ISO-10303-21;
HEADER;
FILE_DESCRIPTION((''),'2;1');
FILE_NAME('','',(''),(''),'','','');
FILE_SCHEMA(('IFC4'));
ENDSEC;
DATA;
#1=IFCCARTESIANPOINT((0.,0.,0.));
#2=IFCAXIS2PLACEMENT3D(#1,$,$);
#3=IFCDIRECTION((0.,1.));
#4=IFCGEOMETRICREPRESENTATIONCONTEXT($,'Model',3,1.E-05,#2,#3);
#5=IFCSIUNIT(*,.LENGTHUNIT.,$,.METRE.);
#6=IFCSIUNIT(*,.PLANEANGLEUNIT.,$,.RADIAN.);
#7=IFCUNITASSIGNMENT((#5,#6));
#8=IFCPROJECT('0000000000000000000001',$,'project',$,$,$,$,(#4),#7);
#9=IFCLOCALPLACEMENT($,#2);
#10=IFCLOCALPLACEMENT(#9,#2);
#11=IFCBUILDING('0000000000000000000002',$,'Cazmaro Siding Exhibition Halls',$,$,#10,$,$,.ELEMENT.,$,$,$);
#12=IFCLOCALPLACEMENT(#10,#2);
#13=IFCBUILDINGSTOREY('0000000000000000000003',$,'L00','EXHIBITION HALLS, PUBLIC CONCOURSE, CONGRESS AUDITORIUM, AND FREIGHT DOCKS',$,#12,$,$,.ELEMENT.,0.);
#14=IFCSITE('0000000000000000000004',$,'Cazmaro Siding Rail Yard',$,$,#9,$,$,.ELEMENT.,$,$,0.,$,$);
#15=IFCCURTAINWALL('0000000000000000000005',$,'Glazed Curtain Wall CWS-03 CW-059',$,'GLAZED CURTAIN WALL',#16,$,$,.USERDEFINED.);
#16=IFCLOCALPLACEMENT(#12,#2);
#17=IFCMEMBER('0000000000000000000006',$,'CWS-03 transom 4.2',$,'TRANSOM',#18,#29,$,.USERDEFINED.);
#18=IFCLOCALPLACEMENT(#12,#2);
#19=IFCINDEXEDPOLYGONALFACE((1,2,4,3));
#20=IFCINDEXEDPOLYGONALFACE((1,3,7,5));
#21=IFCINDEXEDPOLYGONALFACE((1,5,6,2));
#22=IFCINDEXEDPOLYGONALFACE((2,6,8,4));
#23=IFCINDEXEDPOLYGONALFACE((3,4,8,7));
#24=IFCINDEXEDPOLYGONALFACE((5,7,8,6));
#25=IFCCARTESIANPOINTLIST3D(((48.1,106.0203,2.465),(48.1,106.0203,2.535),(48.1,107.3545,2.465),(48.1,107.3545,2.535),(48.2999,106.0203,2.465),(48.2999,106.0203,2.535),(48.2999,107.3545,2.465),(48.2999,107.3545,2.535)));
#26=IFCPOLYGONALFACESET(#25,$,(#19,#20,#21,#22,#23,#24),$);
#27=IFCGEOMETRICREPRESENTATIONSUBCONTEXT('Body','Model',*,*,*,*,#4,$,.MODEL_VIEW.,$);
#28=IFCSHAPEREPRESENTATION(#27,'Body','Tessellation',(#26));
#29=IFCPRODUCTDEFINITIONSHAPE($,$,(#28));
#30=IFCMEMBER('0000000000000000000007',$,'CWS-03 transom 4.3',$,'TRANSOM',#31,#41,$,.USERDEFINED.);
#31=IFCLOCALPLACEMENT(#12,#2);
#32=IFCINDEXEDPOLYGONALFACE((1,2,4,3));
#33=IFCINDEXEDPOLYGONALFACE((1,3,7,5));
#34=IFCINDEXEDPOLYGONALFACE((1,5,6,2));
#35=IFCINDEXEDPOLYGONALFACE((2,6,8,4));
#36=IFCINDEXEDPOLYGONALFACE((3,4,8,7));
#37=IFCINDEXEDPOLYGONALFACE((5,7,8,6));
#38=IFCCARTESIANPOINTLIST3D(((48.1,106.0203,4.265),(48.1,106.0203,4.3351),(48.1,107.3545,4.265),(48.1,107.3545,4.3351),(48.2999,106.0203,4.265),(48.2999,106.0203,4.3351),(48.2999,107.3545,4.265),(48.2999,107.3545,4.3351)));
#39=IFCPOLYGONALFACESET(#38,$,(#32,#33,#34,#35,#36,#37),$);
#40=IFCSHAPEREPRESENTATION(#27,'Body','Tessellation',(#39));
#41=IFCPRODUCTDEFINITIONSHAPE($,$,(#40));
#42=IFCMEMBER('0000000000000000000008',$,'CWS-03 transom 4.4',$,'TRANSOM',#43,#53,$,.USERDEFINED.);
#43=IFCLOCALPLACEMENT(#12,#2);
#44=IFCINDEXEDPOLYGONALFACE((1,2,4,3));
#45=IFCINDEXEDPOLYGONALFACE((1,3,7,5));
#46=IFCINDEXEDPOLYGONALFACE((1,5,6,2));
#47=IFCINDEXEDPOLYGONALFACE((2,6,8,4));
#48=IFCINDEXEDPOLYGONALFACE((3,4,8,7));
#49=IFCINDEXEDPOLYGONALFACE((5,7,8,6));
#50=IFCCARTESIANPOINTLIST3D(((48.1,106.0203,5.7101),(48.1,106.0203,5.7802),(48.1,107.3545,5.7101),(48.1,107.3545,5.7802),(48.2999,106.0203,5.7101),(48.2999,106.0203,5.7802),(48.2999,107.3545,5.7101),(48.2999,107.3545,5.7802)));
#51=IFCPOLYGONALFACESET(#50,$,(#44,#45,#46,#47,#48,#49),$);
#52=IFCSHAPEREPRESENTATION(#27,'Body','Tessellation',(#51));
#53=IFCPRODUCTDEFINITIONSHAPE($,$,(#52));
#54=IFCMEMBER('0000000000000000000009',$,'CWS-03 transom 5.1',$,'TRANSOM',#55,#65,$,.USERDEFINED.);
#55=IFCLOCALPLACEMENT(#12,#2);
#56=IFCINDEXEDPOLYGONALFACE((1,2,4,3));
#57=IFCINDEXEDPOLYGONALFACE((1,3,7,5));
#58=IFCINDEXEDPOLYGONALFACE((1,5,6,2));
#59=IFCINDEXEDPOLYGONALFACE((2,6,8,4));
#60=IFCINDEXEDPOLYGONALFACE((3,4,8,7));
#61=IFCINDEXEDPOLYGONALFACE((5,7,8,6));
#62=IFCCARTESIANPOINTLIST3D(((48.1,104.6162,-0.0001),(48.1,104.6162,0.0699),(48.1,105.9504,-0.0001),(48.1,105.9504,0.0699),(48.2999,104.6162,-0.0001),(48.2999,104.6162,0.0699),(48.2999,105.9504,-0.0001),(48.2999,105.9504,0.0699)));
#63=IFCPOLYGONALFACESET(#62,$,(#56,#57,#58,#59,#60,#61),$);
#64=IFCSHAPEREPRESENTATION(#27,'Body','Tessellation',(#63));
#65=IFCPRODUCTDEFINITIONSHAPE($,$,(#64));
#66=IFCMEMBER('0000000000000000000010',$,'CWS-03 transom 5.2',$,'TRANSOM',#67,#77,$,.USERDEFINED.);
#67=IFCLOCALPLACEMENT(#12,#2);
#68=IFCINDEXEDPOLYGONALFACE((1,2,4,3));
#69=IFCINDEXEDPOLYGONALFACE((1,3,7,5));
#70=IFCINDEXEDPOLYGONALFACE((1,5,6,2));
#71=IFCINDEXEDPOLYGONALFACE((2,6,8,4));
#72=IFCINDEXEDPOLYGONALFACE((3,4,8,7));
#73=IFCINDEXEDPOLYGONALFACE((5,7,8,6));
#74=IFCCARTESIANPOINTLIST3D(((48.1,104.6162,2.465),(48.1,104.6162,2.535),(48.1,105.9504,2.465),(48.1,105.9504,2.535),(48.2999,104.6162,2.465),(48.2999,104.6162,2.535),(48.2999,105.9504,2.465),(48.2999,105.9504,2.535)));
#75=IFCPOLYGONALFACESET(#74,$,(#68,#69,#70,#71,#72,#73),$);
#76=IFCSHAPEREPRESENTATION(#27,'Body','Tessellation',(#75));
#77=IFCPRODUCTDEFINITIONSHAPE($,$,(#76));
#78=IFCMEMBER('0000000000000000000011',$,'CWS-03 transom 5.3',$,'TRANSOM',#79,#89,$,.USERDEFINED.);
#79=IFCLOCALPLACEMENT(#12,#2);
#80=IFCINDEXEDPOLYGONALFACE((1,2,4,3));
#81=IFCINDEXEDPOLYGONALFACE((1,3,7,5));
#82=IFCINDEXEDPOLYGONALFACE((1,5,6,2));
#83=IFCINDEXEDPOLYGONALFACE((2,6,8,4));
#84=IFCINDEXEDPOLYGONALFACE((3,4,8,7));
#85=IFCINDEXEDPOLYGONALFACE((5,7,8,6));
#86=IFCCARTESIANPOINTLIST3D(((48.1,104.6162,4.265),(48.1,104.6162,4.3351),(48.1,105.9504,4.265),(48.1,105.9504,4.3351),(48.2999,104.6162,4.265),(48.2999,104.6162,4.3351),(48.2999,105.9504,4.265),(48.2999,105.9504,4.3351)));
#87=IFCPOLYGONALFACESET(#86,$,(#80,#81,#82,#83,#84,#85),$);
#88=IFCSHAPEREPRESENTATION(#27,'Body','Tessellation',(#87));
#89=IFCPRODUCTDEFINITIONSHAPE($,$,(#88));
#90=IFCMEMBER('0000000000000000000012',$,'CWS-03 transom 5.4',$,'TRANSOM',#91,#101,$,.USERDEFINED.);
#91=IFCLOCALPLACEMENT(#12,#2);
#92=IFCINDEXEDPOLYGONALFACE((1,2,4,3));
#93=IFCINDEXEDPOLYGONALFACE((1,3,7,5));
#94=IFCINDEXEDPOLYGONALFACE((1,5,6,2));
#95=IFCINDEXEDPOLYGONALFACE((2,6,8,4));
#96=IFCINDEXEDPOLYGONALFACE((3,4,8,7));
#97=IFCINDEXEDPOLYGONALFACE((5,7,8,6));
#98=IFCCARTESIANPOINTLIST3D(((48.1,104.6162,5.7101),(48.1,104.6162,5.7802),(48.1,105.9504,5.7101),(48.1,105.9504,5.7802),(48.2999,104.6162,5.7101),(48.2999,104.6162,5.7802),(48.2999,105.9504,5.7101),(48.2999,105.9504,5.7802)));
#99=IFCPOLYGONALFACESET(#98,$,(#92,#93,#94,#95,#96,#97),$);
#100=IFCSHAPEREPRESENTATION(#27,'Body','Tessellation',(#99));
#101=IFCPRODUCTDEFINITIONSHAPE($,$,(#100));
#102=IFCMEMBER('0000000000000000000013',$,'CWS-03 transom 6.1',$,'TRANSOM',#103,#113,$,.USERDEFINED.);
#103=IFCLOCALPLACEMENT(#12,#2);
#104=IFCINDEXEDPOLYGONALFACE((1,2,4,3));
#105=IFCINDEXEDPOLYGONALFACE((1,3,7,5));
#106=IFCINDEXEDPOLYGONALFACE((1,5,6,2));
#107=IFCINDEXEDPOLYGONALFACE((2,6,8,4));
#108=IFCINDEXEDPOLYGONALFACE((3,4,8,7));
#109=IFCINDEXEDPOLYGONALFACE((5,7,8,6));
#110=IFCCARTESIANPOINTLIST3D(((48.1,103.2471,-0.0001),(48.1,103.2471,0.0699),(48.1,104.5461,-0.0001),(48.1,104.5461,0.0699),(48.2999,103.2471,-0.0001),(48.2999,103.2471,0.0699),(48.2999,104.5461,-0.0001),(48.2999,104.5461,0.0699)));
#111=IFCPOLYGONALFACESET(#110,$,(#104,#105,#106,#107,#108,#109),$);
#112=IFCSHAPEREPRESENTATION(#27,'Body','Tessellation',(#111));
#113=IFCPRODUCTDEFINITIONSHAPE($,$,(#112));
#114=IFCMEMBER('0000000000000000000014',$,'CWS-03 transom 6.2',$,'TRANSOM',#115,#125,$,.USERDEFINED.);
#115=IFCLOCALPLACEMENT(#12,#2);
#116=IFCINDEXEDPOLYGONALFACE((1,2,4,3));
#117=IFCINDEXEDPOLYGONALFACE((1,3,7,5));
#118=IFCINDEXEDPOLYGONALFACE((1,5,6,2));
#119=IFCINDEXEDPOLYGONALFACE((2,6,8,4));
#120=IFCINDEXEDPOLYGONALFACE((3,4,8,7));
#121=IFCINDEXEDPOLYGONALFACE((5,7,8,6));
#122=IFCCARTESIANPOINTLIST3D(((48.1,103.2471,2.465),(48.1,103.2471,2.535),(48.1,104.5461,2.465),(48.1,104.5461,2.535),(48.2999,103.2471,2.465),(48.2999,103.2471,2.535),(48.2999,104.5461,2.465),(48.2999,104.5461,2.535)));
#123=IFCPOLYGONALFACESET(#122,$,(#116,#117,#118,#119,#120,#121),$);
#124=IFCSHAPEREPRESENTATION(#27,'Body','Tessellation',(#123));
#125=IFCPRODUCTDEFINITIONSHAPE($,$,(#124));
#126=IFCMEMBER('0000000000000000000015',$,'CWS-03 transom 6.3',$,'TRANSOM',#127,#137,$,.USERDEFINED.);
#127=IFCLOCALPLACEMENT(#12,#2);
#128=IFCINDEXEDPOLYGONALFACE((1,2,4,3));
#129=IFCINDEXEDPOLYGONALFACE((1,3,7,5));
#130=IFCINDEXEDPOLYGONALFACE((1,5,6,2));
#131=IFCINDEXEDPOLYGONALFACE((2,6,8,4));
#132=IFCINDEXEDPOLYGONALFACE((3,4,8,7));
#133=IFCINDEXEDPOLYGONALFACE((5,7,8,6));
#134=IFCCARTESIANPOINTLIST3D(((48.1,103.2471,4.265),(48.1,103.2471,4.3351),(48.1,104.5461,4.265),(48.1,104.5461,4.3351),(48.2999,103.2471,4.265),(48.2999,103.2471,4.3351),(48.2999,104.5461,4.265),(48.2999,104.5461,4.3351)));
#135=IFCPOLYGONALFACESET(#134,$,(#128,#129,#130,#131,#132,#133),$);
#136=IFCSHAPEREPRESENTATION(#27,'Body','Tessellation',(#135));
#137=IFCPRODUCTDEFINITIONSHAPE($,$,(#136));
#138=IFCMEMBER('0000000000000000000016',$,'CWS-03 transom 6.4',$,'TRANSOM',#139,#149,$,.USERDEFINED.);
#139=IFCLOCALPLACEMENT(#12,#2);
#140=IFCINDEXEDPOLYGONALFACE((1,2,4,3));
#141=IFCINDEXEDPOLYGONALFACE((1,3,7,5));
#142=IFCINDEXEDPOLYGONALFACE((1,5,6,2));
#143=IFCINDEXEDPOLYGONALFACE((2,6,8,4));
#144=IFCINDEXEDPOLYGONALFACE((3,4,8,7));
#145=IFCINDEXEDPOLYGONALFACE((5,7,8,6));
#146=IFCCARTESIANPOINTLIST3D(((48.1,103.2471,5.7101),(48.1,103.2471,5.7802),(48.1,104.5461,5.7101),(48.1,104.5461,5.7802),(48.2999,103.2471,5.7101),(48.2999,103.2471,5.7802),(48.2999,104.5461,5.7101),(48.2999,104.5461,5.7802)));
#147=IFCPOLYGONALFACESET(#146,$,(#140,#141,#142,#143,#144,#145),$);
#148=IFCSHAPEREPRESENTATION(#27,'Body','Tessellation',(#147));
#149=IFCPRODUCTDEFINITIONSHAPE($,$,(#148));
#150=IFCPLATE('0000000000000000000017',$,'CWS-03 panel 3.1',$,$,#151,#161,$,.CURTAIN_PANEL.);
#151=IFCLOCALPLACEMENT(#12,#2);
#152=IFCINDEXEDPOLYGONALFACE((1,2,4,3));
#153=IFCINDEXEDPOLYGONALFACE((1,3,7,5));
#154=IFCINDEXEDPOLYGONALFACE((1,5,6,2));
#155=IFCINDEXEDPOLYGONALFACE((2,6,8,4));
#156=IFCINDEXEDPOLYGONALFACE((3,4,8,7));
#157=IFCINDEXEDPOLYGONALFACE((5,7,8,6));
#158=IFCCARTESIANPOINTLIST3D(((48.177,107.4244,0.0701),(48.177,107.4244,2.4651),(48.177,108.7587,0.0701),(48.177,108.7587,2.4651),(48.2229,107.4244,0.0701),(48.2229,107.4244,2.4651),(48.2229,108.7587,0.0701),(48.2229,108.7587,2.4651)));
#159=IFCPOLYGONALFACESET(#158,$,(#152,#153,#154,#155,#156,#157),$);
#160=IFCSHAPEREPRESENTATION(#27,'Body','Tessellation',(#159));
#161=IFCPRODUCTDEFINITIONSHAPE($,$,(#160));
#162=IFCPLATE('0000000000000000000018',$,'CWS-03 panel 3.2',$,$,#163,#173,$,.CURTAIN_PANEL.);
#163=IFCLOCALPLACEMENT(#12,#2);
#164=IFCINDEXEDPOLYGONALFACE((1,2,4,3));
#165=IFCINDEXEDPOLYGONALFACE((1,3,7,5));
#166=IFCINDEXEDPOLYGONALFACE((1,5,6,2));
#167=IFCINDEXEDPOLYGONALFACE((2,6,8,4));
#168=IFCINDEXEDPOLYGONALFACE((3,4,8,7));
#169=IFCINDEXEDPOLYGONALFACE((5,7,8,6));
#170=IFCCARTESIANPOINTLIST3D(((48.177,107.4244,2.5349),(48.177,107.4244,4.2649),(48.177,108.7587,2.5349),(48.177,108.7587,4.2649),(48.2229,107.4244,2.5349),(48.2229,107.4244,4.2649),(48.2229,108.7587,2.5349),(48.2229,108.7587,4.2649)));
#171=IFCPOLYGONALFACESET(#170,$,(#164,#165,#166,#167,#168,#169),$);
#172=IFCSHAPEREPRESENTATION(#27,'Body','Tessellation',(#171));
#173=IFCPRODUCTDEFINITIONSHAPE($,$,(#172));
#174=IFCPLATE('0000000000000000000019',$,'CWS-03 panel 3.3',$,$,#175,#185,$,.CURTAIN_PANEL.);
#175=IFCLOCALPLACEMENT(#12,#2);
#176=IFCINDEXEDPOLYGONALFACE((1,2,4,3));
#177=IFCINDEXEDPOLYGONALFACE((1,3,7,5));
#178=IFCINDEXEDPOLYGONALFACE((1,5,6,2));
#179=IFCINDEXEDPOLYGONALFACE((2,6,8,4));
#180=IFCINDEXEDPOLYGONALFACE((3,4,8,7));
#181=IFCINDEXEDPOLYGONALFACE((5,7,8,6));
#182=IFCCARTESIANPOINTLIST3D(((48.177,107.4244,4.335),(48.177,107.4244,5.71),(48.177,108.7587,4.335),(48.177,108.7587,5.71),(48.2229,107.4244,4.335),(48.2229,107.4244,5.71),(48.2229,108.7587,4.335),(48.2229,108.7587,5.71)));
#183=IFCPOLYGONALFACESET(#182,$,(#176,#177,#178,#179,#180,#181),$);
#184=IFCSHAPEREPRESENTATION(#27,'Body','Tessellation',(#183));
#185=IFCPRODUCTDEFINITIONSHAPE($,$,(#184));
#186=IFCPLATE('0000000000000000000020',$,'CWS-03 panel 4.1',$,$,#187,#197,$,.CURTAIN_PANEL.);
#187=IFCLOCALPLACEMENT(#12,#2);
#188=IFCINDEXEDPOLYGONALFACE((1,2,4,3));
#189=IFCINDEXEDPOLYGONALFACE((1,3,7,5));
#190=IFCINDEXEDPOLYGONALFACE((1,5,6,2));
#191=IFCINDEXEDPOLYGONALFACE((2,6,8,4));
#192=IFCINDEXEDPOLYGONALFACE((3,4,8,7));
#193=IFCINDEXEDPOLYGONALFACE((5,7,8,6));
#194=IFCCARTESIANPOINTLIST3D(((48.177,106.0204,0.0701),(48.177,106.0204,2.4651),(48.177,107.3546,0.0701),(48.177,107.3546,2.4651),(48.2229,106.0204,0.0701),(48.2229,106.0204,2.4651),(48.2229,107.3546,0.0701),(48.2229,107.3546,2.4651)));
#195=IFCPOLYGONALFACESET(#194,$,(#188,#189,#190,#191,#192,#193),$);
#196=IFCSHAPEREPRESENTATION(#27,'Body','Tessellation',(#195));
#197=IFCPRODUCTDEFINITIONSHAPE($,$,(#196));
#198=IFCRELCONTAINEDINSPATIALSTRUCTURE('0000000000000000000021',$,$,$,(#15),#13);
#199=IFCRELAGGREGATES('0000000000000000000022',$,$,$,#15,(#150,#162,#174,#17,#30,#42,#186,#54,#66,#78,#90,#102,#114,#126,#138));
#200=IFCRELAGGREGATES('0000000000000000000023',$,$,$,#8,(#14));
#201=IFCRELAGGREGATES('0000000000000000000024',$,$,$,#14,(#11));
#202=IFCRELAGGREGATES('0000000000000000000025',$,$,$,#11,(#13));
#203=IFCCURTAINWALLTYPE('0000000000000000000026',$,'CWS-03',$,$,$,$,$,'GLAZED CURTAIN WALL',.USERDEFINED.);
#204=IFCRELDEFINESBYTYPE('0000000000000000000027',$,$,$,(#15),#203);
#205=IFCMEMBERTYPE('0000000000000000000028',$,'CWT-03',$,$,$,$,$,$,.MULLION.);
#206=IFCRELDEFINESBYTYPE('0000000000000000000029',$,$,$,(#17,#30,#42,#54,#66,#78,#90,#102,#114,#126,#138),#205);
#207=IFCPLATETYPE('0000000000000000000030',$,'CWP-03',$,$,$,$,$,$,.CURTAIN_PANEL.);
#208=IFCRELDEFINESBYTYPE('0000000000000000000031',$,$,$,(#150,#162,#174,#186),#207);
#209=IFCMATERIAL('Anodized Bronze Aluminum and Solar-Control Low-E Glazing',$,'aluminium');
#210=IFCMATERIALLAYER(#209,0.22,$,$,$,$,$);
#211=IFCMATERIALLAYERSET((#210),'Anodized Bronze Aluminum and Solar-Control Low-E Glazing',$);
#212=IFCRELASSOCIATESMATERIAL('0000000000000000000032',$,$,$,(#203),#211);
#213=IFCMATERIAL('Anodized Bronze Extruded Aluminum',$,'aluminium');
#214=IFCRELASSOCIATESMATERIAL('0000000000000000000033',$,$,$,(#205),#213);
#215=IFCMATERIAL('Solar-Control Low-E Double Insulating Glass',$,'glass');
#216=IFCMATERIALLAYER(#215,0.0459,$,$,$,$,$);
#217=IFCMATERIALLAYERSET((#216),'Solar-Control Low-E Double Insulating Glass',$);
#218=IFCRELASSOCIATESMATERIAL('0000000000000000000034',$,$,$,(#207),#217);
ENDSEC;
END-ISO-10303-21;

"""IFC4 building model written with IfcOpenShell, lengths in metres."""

from ifc_helpers import new_model, si_unit, direction, frame, origin, origin_2d, place, context, subcontext, project, spatial, rectangle, extrude, material, layer, layer_set, material_profile, profile_set, type_object, element, aggregate, save


model = new_model("IFC4")

# Units and contexts
model_context = context("Model", 3, precision=1e-05, world=origin(), true_north=direction((0.0, 1.0)))
body_context = subcontext(model_context, "Body", "Model", "MODEL_VIEW")
ifc_project = project(units=[si_unit("LENGTHUNIT", "METRE"), si_unit("PLANEANGLEUNIT", "RADIAN")], contexts=[model_context])

# Site, building, storey
site_placement = place(None, origin())
site = spatial("IfcSite", under=ifc_project, at=site_placement, Name="Cazmaro Siding Rail Yard", CompositionType="ELEMENT", RefElevation=0.0)
building_placement = place(site_placement, origin())
building = spatial("IfcBuilding", under=site, at=building_placement, Name="Cazmaro Siding Exhibition Halls", CompositionType="ELEMENT")
storey_placement = place(building_placement, origin())
storey = spatial("IfcBuildingStorey", under=building, at=storey_placement, Name="L00", Description="EXHIBITION HALLS, PUBLIC CONCOURSE, CONGRESS AUDITORIUM, AND FREIGHT DOCKS", CompositionType="ELEMENT", Elevation=0.0)

# Shared definitions
ifc_material_1 = material(Name="Anodized Bronze Aluminum and Solar-Control Low-E Glazing", Category="aluminium")
ifc_layer_1 = layer(ifc_material_1, 0.22)
ifc_layer_set_1 = layer_set([ifc_layer_1], Name="Anodized Bronze Aluminum and Solar-Control Low-E Glazing")
curtain_wall_type = type_object("IfcCurtainWallType", Name="CWS-03", ElementType="GLAZED CURTAIN WALL", PredefinedType="USERDEFINED", material=ifc_layer_set_1)

# Curtain wall
curtain_wall_1_placement = place(storey_placement, origin())
curtain_wall_1 = element("IfcCurtainWall", 1, at=curtain_wall_1_placement, inside=storey, type_object=curtain_wall_type, Name="Glazed Curtain Wall CWS-03 CW-059", ObjectType="GLAZED CURTAIN WALL", PredefinedType="USERDEFINED")

# Members
ifc_material_2 = material(Name="Anodized Bronze Extruded Aluminum", Category="aluminium")
ifc_material_profile_1 = material_profile(ifc_material_2, rectangle(XDim=0.2, YDim=0.0701, at=origin_2d()), Name="CWT-03")
ifc_profile_set_1 = profile_set([ifc_material_profile_1], Name="Anodized Bronze Extruded Aluminum")
member_type_1 = type_object("IfcMemberType", Name="CWT-03", PredefinedType="MULLION", material=ifc_profile_set_1)
member_1_placement = place(storey_placement, frame((48.2, 107.3545, 2.5), z_axis=(0.0, -1.0, 0.0), x_axis=(1.0, 0.0, 0.0)))
member_1 = element("IfcMember", 2, at=member_1_placement, type_object=member_type_1, Name="CWS-03 transom 4.2", ObjectType="TRANSOM", PredefinedType="USERDEFINED", context=body_context, shape_type="SweptSolid", body=[
    extrude(rectangle(XDim=0.2, YDim=0.0701, at=origin_2d()), origin(), (0.0, 0.0, 1.0), 1.3342),
])
member_2_placement = place(storey_placement, frame((48.2, 107.3545, 4.3), z_axis=(0.0, -1.0, 0.0), x_axis=(1.0, 0.0, 0.0)))
member_2 = element("IfcMember", 3, at=member_2_placement, type_object=member_type_1, Name="CWS-03 transom 4.3", ObjectType="TRANSOM", PredefinedType="USERDEFINED", context=body_context, shape_type="SweptSolid", body=[
    extrude(rectangle(XDim=0.2, YDim=0.0701, at=origin_2d()), origin(), (0.0, 0.0, 1.0), 1.3342),
])
member_3_placement = place(storey_placement, frame((48.2, 107.3545, 5.7451), z_axis=(0.0, -1.0, 0.0), x_axis=(1.0, 0.0, 0.0)))
member_3 = element("IfcMember", 4, at=member_3_placement, type_object=member_type_1, Name="CWS-03 transom 4.4", ObjectType="TRANSOM", PredefinedType="USERDEFINED", context=body_context, shape_type="SweptSolid", body=[
    extrude(rectangle(XDim=0.2, YDim=0.0701, at=origin_2d()), origin(), (0.0, 0.0, 1.0), 1.3342),
])
member_4_placement = place(storey_placement, frame((48.2, 105.9504, 0.0349), z_axis=(0.0, -1.0, 0.0), x_axis=(1.0, 0.0, 0.0)))
member_4 = element("IfcMember", 5, at=member_4_placement, type_object=member_type_1, Name="CWS-03 transom 5.1", ObjectType="TRANSOM", PredefinedType="USERDEFINED", context=body_context, shape_type="SweptSolid", body=[
    extrude(rectangle(XDim=0.2, YDim=0.0701, at=origin_2d()), origin(), (0.0, 0.0, 1.0), 1.3342),
])
member_5_placement = place(storey_placement, frame((48.2, 105.9504, 2.5), z_axis=(0.0, -1.0, 0.0), x_axis=(1.0, 0.0, 0.0)))
member_5 = element("IfcMember", 6, at=member_5_placement, type_object=member_type_1, Name="CWS-03 transom 5.2", ObjectType="TRANSOM", PredefinedType="USERDEFINED", context=body_context, shape_type="SweptSolid", body=[
    extrude(rectangle(XDim=0.2, YDim=0.0701, at=origin_2d()), origin(), (0.0, 0.0, 1.0), 1.3342),
])
member_6_placement = place(storey_placement, frame((48.2, 105.9504, 4.3), z_axis=(0.0, -1.0, 0.0), x_axis=(1.0, 0.0, 0.0)))
member_6 = element("IfcMember", 7, at=member_6_placement, type_object=member_type_1, Name="CWS-03 transom 5.3", ObjectType="TRANSOM", PredefinedType="USERDEFINED", context=body_context, shape_type="SweptSolid", body=[
    extrude(rectangle(XDim=0.2, YDim=0.0701, at=origin_2d()), origin(), (0.0, 0.0, 1.0), 1.3342),
])
member_7_placement = place(storey_placement, frame((48.2, 105.9504, 5.7451), z_axis=(0.0, -1.0, 0.0), x_axis=(1.0, 0.0, 0.0)))
member_7 = element("IfcMember", 8, at=member_7_placement, type_object=member_type_1, Name="CWS-03 transom 5.4", ObjectType="TRANSOM", PredefinedType="USERDEFINED", context=body_context, shape_type="SweptSolid", body=[
    extrude(rectangle(XDim=0.2, YDim=0.0701, at=origin_2d()), origin(), (0.0, 0.0, 1.0), 1.3342),
])
member_8_placement = place(storey_placement, frame((48.2, 104.5461, 0.0349), z_axis=(0.0, -1.0, 0.0), x_axis=(1.0, 0.0, 0.0)))
member_8 = element("IfcMember", 9, at=member_8_placement, type_object=member_type_1, Name="CWS-03 transom 6.1", ObjectType="TRANSOM", PredefinedType="USERDEFINED", context=body_context, shape_type="SweptSolid", body=[
    extrude(rectangle(XDim=0.2, YDim=0.0701, at=origin_2d()), origin(), (0.0, 0.0, 1.0), 1.2991),
])
member_9_placement = place(storey_placement, frame((48.2, 104.5461, 2.5), z_axis=(0.0, -1.0, 0.0), x_axis=(1.0, 0.0, 0.0)))
member_9 = element("IfcMember", 10, at=member_9_placement, type_object=member_type_1, Name="CWS-03 transom 6.2", ObjectType="TRANSOM", PredefinedType="USERDEFINED", context=body_context, shape_type="SweptSolid", body=[
    extrude(rectangle(XDim=0.2, YDim=0.0701, at=origin_2d()), origin(), (0.0, 0.0, 1.0), 1.2991),
])
member_10_placement = place(storey_placement, frame((48.2, 104.5461, 4.3), z_axis=(0.0, -1.0, 0.0), x_axis=(1.0, 0.0, 0.0)))
member_10 = element("IfcMember", 11, at=member_10_placement, type_object=member_type_1, Name="CWS-03 transom 6.3", ObjectType="TRANSOM", PredefinedType="USERDEFINED", context=body_context, shape_type="SweptSolid", body=[
    extrude(rectangle(XDim=0.2, YDim=0.0701, at=origin_2d()), origin(), (0.0, 0.0, 1.0), 1.2991),
])
member_11_placement = place(storey_placement, frame((48.2, 104.5461, 5.7451), z_axis=(0.0, -1.0, 0.0), x_axis=(1.0, 0.0, 0.0)))
member_11 = element("IfcMember", 12, at=member_11_placement, type_object=member_type_1, Name="CWS-03 transom 6.4", ObjectType="TRANSOM", PredefinedType="USERDEFINED", context=body_context, shape_type="SweptSolid", body=[
    extrude(rectangle(XDim=0.2, YDim=0.0701, at=origin_2d()), origin(), (0.0, 0.0, 1.0), 1.2991),
])

# Plates
ifc_material_3 = material(Name="Solar-Control Low-E Double Insulating Glass", Category="glass")
ifc_layer_2 = layer(ifc_material_3, 0.0459)
ifc_layer_set_2 = layer_set([ifc_layer_2], Name="Solar-Control Low-E Double Insulating Glass")
plate_type = type_object("IfcPlateType", Name="CWP-03", PredefinedType="CURTAIN_PANEL", material=ifc_layer_set_2)
plate_1_placement = place(storey_placement, frame((48.2, 108.0916, 0.0701), z_axis=(0.0, 0.0, 1.0), x_axis=(0.0, -1.0, 0.0)))
plate_1 = element("IfcPlate", 13, at=plate_1_placement, type_object=plate_type, Name="CWS-03 panel 3.1", PredefinedType="CURTAIN_PANEL", context=body_context, shape_type="SweptSolid", body=[
    extrude(rectangle(XDim=1.3342, YDim=0.0459, at=origin_2d()), origin(), (0.0, 0.0, 1.0), 2.395),
])
plate_2_placement = place(storey_placement, frame((48.2, 108.0916, 2.5349), z_axis=(0.0, 0.0, 1.0), x_axis=(0.0, -1.0, 0.0)))
plate_2 = element("IfcPlate", 14, at=plate_2_placement, type_object=plate_type, Name="CWS-03 panel 3.2", PredefinedType="CURTAIN_PANEL", context=body_context, shape_type="SweptSolid", body=[
    extrude(rectangle(XDim=1.3342, YDim=0.0459, at=origin_2d()), origin(), (0.0, 0.0, 1.0), 1.73),
])
plate_3_placement = place(storey_placement, frame((48.2, 108.0916, 4.335), z_axis=(0.0, 0.0, 1.0), x_axis=(0.0, -1.0, 0.0)))
plate_3 = element("IfcPlate", 15, at=plate_3_placement, type_object=plate_type, Name="CWS-03 panel 3.3", PredefinedType="CURTAIN_PANEL", context=body_context, shape_type="SweptSolid", body=[
    extrude(rectangle(XDim=1.3342, YDim=0.0459, at=origin_2d()), origin(), (0.0, 0.0, 1.0), 1.375),
])
plate_4_placement = place(storey_placement, frame((48.2, 106.6875, 0.0701), z_axis=(0.0, 0.0, 1.0), x_axis=(0.0, -1.0, 0.0)))
plate_4 = element("IfcPlate", 16, at=plate_4_placement, type_object=plate_type, Name="CWS-03 panel 4.1", PredefinedType="CURTAIN_PANEL", context=body_context, shape_type="SweptSolid", body=[
    extrude(rectangle(XDim=1.3342, YDim=0.0459, at=origin_2d()), origin(), (0.0, 0.0, 1.0), 2.395),
])
aggregate(curtain_wall_1, [plate_1, plate_2, plate_3, member_1, member_2, member_3, plate_4, member_4, member_5, member_6, member_7, member_8, member_9, member_10, member_11])

save(model, "model.ifc")
